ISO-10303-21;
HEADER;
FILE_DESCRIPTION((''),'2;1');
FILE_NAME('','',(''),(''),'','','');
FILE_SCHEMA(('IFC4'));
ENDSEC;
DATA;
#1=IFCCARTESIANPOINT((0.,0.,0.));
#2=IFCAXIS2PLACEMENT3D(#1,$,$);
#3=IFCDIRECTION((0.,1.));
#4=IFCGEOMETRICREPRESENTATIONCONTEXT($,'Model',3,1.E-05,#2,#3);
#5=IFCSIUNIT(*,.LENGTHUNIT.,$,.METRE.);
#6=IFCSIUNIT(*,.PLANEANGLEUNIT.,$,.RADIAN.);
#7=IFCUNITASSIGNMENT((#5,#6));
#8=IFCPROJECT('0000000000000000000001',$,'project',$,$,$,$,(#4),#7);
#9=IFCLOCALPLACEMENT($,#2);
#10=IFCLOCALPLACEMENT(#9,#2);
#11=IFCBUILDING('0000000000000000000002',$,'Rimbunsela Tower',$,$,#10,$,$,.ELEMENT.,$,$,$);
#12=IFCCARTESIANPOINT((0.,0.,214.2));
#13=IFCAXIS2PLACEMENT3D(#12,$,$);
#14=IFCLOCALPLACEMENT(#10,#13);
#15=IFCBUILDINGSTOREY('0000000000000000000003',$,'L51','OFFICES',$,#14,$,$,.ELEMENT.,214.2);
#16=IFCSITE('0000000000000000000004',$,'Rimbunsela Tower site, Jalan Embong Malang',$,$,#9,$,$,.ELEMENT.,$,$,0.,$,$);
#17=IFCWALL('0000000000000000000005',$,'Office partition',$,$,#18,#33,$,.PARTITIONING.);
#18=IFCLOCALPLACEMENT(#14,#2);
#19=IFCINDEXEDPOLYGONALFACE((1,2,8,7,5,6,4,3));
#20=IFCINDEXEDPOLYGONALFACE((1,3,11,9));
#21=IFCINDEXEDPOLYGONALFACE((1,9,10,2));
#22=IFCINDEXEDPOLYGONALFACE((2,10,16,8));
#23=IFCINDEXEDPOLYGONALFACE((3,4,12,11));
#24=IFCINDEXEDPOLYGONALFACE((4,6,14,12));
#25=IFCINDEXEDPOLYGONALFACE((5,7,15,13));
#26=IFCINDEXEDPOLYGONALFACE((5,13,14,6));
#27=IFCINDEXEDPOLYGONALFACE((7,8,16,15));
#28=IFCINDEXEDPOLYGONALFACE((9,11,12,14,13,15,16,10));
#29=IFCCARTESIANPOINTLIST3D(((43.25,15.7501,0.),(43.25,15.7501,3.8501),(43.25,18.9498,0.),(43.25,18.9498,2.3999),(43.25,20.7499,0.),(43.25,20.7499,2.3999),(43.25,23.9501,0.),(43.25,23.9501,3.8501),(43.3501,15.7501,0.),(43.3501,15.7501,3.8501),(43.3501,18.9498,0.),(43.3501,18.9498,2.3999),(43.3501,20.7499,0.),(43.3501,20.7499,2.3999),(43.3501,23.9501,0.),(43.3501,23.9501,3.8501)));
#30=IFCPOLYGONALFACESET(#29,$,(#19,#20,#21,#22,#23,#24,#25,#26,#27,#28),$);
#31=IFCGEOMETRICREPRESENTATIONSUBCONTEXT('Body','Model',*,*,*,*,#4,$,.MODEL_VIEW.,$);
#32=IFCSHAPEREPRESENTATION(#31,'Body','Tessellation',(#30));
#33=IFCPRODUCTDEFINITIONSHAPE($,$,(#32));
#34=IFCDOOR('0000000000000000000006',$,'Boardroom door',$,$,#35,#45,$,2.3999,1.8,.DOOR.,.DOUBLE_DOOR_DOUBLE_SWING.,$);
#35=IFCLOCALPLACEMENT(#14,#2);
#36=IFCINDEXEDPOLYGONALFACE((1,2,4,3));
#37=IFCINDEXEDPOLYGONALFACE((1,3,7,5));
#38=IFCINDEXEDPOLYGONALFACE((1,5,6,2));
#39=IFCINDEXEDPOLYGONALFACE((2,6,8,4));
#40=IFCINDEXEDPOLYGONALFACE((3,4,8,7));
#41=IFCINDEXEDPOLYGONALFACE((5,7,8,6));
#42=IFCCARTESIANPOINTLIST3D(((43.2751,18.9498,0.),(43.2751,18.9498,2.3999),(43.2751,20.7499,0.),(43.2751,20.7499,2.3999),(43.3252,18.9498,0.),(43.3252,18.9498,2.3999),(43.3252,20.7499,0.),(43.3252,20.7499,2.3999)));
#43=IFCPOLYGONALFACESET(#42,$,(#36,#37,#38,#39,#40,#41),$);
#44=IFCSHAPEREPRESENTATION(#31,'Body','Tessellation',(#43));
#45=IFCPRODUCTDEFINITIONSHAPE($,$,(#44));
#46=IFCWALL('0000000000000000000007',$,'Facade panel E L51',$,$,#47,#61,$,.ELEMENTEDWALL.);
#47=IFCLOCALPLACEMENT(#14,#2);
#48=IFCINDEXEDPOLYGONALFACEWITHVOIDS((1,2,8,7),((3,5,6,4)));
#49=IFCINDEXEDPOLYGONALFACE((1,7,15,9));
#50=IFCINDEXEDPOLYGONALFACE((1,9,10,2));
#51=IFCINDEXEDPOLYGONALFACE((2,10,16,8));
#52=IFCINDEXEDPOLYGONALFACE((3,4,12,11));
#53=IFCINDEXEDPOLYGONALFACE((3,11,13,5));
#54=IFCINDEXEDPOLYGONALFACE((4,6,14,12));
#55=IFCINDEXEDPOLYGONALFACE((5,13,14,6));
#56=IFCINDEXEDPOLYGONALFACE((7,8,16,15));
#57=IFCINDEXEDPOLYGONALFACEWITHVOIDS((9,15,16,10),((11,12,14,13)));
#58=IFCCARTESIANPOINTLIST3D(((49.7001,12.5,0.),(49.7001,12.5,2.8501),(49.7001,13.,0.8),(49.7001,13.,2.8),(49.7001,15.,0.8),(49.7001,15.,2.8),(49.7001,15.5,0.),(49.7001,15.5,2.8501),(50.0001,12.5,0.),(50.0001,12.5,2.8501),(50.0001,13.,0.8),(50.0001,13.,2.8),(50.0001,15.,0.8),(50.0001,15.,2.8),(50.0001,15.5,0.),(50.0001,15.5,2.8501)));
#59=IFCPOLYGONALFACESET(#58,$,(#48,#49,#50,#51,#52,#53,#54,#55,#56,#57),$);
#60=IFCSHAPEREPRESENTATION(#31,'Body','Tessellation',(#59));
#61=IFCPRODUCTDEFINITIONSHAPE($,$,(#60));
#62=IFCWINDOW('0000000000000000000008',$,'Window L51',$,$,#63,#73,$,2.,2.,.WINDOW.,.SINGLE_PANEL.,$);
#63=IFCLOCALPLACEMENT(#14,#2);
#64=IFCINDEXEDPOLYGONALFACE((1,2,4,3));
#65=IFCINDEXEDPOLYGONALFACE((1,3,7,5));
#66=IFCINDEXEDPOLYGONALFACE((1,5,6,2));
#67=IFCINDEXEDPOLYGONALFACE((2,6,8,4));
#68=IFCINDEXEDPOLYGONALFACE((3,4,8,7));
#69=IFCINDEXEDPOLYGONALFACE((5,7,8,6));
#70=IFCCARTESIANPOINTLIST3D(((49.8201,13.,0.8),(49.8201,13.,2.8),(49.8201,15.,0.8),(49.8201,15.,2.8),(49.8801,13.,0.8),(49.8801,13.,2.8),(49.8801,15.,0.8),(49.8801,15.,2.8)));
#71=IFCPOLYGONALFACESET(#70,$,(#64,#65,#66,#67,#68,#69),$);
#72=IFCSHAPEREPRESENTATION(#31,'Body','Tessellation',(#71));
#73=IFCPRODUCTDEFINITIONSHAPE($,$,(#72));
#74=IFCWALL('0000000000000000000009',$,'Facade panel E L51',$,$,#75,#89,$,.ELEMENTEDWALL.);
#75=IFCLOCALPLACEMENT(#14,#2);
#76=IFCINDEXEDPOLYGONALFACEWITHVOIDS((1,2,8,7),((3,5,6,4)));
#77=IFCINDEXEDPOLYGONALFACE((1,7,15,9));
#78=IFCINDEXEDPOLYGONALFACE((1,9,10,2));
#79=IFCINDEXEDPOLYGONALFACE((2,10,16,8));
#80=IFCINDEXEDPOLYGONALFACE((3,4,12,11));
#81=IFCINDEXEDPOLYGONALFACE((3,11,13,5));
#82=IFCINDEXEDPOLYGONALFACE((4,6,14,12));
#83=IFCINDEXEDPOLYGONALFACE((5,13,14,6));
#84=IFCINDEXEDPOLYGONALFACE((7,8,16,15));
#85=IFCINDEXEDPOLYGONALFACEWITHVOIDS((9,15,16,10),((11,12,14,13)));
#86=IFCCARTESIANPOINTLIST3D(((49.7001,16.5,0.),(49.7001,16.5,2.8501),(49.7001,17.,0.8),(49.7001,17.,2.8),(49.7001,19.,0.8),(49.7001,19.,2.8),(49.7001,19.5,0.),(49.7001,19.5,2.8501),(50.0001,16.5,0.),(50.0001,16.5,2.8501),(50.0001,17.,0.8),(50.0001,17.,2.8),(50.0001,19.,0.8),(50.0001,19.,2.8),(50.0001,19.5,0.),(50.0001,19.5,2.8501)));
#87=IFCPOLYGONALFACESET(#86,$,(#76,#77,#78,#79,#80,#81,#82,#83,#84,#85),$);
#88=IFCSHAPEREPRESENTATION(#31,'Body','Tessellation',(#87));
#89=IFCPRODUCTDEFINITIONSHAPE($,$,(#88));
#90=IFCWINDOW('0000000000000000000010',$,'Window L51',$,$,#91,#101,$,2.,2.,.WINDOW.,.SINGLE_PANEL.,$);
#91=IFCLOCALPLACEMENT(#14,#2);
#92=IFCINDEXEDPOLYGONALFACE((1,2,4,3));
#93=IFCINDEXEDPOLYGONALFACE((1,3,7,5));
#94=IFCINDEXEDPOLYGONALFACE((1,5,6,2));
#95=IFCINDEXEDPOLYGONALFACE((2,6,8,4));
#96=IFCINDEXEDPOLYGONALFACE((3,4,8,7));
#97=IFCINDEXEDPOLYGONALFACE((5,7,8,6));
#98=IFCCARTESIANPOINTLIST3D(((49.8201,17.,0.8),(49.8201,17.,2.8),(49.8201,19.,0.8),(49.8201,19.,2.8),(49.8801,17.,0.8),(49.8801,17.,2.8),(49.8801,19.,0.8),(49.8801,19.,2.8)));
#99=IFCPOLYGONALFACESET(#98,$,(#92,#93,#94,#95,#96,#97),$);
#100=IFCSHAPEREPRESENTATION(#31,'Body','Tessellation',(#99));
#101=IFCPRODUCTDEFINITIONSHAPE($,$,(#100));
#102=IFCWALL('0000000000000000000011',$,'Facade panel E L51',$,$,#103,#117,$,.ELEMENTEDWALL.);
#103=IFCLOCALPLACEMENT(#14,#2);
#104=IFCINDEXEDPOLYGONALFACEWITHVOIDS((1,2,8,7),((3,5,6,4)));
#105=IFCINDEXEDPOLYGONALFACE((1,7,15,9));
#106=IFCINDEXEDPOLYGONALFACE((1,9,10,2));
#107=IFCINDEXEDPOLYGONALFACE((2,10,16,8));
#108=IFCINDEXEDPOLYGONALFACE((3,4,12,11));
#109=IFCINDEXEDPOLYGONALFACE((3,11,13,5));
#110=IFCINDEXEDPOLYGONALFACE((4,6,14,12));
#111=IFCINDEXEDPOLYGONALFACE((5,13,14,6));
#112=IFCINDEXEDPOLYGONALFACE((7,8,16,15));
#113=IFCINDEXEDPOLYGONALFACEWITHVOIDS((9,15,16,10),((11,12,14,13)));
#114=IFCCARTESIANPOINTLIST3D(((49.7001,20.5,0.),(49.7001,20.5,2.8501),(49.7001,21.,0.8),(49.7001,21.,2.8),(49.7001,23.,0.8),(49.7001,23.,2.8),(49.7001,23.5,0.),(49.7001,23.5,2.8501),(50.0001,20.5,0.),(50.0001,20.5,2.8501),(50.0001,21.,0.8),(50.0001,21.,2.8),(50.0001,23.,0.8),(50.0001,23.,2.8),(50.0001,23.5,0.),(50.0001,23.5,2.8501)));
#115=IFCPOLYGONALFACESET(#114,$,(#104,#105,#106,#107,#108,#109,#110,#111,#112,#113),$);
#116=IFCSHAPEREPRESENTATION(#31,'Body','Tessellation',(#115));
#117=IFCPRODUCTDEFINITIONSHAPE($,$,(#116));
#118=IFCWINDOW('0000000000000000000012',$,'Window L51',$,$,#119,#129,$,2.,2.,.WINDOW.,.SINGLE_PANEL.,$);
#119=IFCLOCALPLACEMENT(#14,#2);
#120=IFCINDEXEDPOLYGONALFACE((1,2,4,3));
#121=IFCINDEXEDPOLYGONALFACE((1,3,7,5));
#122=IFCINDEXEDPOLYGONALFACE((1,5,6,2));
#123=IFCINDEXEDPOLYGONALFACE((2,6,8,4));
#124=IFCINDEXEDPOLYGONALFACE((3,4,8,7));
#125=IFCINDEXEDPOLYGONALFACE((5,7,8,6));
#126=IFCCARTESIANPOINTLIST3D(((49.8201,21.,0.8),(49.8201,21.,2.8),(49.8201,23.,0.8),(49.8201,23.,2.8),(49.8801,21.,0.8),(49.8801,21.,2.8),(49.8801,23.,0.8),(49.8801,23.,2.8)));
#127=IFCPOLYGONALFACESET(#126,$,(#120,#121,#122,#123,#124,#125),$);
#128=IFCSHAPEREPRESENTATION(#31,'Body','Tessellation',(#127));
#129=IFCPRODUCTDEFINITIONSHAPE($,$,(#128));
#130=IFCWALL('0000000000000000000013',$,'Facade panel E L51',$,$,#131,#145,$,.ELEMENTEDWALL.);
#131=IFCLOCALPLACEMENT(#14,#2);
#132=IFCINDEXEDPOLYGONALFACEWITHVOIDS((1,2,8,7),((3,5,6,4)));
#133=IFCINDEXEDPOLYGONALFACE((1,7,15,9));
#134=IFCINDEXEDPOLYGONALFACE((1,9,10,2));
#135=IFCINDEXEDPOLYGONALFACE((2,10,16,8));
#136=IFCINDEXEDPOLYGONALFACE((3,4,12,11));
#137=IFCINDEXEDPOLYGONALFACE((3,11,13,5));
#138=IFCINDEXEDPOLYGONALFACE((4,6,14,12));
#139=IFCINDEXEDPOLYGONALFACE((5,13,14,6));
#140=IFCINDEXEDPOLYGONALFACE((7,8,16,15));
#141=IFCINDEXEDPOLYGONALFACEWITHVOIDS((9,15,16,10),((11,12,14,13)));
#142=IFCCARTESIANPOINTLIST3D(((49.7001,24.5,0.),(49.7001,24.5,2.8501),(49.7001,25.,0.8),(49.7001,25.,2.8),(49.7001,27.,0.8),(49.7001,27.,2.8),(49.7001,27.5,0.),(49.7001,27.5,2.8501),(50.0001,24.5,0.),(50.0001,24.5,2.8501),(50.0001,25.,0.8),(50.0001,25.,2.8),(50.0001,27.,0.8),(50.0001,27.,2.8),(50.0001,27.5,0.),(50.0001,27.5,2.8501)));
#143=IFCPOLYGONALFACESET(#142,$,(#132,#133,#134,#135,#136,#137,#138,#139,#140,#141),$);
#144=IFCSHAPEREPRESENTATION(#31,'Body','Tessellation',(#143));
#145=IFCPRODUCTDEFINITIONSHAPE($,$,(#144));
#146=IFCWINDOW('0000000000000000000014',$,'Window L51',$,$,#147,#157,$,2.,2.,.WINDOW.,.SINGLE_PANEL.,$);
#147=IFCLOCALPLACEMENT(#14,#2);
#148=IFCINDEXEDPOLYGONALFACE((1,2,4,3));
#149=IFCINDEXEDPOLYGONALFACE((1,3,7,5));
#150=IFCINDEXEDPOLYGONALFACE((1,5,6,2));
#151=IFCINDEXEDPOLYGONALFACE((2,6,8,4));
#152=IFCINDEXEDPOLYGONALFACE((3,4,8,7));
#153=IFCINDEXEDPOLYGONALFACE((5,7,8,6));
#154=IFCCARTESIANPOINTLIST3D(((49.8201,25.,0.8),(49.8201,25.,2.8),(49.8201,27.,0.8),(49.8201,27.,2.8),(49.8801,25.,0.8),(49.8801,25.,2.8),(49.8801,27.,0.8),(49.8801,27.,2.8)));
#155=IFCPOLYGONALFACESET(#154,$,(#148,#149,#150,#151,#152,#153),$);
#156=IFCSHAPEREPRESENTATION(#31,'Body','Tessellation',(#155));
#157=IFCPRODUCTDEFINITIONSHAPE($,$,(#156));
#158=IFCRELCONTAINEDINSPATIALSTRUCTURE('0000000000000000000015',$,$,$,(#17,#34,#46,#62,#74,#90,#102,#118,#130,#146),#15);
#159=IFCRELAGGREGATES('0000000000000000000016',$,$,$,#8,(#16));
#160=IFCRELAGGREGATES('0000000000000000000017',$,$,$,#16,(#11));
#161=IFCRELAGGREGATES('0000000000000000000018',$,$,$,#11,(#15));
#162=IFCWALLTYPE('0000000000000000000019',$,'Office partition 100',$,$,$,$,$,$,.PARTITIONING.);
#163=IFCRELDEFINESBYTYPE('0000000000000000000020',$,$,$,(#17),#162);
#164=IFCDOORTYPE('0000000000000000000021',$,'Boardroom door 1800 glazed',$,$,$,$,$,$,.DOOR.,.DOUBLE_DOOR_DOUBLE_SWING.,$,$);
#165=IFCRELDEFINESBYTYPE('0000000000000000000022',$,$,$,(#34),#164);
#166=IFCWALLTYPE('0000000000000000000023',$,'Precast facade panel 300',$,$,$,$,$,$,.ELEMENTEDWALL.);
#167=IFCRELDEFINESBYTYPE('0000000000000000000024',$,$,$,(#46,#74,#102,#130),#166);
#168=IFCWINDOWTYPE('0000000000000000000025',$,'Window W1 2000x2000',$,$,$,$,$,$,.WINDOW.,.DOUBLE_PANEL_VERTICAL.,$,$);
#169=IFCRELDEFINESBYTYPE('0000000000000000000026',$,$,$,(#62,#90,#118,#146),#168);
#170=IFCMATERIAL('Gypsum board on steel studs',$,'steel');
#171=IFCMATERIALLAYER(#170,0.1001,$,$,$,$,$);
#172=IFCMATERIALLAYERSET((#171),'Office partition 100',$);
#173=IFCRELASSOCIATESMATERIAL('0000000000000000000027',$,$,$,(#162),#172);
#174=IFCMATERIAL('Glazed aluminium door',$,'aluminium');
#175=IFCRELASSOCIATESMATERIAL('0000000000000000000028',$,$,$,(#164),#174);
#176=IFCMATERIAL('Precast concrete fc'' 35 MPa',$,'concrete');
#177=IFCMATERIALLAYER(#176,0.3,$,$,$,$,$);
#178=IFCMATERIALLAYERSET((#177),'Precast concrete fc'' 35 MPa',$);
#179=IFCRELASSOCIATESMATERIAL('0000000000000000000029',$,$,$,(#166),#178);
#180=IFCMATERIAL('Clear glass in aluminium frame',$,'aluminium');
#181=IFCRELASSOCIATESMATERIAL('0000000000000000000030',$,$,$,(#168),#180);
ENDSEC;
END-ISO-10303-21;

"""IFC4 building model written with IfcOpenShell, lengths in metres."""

from ifc_helpers import new_model, si_unit, direction, frame, frame_2d, origin, place, context, subcontext, project, spatial, rectangle, extrude, material, layer, layer_set, type_object, element, fill, save


model = new_model("IFC4")

# Units and contexts
model_context = context("Model", 3, precision=1e-05, world=origin(), true_north=direction((0.0, 1.0)))
body_context = subcontext(model_context, "Body", "Model", "MODEL_VIEW")
ifc_project = project(units=[si_unit("LENGTHUNIT", "METRE"), si_unit("PLANEANGLEUNIT", "RADIAN")], contexts=[model_context])

# Site, building, storey
site_placement = place(None, origin())
site = spatial("IfcSite", under=ifc_project, at=site_placement, Name="Rimbunsela Tower site, Jalan Embong Malang", CompositionType="ELEMENT", RefElevation=0.0)
building_placement = place(site_placement, origin())
building = spatial("IfcBuilding", under=site, at=building_placement, Name="Rimbunsela Tower", CompositionType="ELEMENT")
storey_placement = place(building_placement, frame((0.0, 0.0, 214.2)))
storey = spatial("IfcBuildingStorey", under=building, at=storey_placement, Name="L51", Description="OFFICES", CompositionType="ELEMENT", Elevation=214.2)

# Shared definitions
ifc_material_1 = material(Name="Gypsum board on steel studs", Category="steel")
ifc_layer_1 = layer(ifc_material_1, 0.1001)
ifc_layer_set_1 = layer_set([ifc_layer_1], Name="Office partition 100")
wall_type_1 = type_object("IfcWallType", Name="Office partition 100", PredefinedType="PARTITIONING", material=ifc_layer_set_1)

# Wall, opening, door
wall_1_placement = place(storey_placement, frame((43.3, 15.75, 0.0), z_axis=(0.0, 0.0, 1.0), x_axis=(0.0, 1.0, 0.0)))
wall_1 = element("IfcWall", 1, at=wall_1_placement, inside=storey, type_object=wall_type_1, Name="Office partition", PredefinedType="PARTITIONING", context=body_context, shape_type="SweptSolid", body=[
    extrude(rectangle(XDim=8.2, YDim=0.1001, at=frame_2d((4.1001, 0.0))), origin(), (0.0, 0.0, 1.0), 3.8501),
])
opening_1_placement = place(wall_1_placement, frame((3.2, 0.0, 0.0)))
opening_1 = element("IfcOpeningElement", 2, at=opening_1_placement, cuts=wall_1, PredefinedType="OPENING", context=body_context, shape_type="SweptSolid", body=[
    extrude(rectangle(XDim=1.8, YDim=2.3999, at=frame_2d((0.8999, 1.2))), frame((0.0, 0.0601, 0.0), z_axis=(0.0, -1.0, 0.0), x_axis=(1.0, 0.0, 0.0)), (0.0, 0.0, 1.0), 0.1201),
])
ifc_material_2 = material(Name="Glazed aluminium door", Category="aluminium")
door_type_1 = type_object("IfcDoorType", Name="Boardroom door 1800 glazed", OperationType="DOUBLE_DOOR_DOUBLE_SWING", PredefinedType="DOOR", material=ifc_material_2)
door_1_placement = place(opening_1_placement, origin())
door_1 = element("IfcDoor", 3, at=door_1_placement, inside=storey, type_object=door_type_1, Name="Boardroom door", OperationType="DOUBLE_DOOR_DOUBLE_SWING", OverallHeight=2.3999, OverallWidth=1.8, PredefinedType="DOOR", context=body_context, shape_type="SweptSolid", body=[
    extrude(rectangle(XDim=1.8, YDim=2.3999, at=frame_2d((0.8999, 1.2))), frame((0.0, 0.0249, 0.0), z_axis=(0.0, -1.0, 0.0), x_axis=(1.0, 0.0, 0.0)), (0.0, 0.0, 1.0), 0.05),
])
fill(opening_1, door_1)

# Walls, openings, windows
ifc_material_3 = material(Name="Precast concrete fc' 35 MPa", Category="concrete")
ifc_layer_2 = layer(ifc_material_3, 0.3)
ifc_layer_set_2 = layer_set([ifc_layer_2], Name="Precast concrete fc' 35 MPa")
wall_type_2 = type_object("IfcWallType", Name="Precast facade panel 300", PredefinedType="ELEMENTEDWALL", material=ifc_layer_set_2)
wall_2_placement = place(storey_placement, frame((49.8501, 12.5, 0.0), z_axis=(0.0, 0.0, 1.0), x_axis=(0.0, 1.0, 0.0)))
wall_2 = element("IfcWall", 4, at=wall_2_placement, inside=storey, type_object=wall_type_2, Name="Facade panel E L51", PredefinedType="ELEMENTEDWALL", context=body_context, shape_type="SweptSolid", body=[
    extrude(rectangle(XDim=3.0, YDim=0.3, at=frame_2d((1.5, 0.0))), origin(), (0.0, 0.0, 1.0), 2.8501),
])
opening_2_placement = place(wall_2_placement, frame((0.5, 0.0, 0.8)))
opening_2 = element("IfcOpeningElement", 5, at=opening_2_placement, cuts=wall_2, PredefinedType="OPENING", context=body_context, shape_type="SweptSolid", body=[
    extrude(rectangle(XDim=2.0, YDim=2.0, at=frame_2d((1.0, 1.0))), frame((0.0, 0.1599, 0.0), z_axis=(0.0, -1.0, 0.0), x_axis=(1.0, 0.0, 0.0)), (0.0, 0.0, 1.0), 0.3201),
])
ifc_material_4 = material(Name="Clear glass in aluminium frame", Category="aluminium")
window_type = type_object("IfcWindowType", Name="Window W1 2000x2000", PartitioningType="DOUBLE_PANEL_VERTICAL", PredefinedType="WINDOW", material=ifc_material_4)
window_1_placement = place(opening_2_placement, origin())
window_1 = element("IfcWindow", 6, at=window_1_placement, inside=storey, type_object=window_type, Name="Window L51", OverallHeight=2.0, OverallWidth=2.0, PartitioningType="SINGLE_PANEL", PredefinedType="WINDOW", context=body_context, shape_type="SweptSolid", body=[
    extrude(rectangle(XDim=2.0, YDim=2.0, at=frame_2d((1.0, 1.0))), frame((0.0, 0.03, 0.0), z_axis=(0.0, -1.0, 0.0), x_axis=(1.0, 0.0, 0.0)), (0.0, 0.0, 1.0), 0.0601),
])
fill(opening_2, window_1)
wall_3_placement = place(storey_placement, frame((49.8501, 16.5, 0.0), z_axis=(0.0, 0.0, 1.0), x_axis=(0.0, 1.0, 0.0)))
wall_3 = element("IfcWall", 7, at=wall_3_placement, inside=storey, type_object=wall_type_2, Name="Facade panel E L51", PredefinedType="ELEMENTEDWALL", context=body_context, shape_type="SweptSolid", body=[
    extrude(rectangle(XDim=3.0, YDim=0.3, at=frame_2d((1.5, 0.0))), origin(), (0.0, 0.0, 1.0), 2.8501),
])
opening_3_placement = place(wall_3_placement, frame((0.5, 0.0, 0.8)))
opening_3 = element("IfcOpeningElement", 8, at=opening_3_placement, cuts=wall_3, PredefinedType="OPENING", context=body_context, shape_type="SweptSolid", body=[
    extrude(rectangle(XDim=2.0, YDim=2.0, at=frame_2d((1.0, 1.0))), frame((0.0, 0.1599, 0.0), z_axis=(0.0, -1.0, 0.0), x_axis=(1.0, 0.0, 0.0)), (0.0, 0.0, 1.0), 0.3201),
])
window_2_placement = place(opening_3_placement, origin())
window_2 = element("IfcWindow", 9, at=window_2_placement, inside=storey, type_object=window_type, Name="Window L51", OverallHeight=2.0, OverallWidth=2.0, PartitioningType="SINGLE_PANEL", PredefinedType="WINDOW", context=body_context, shape_type="SweptSolid", body=[
    extrude(rectangle(XDim=2.0, YDim=2.0, at=frame_2d((1.0, 1.0))), frame((0.0, 0.03, 0.0), z_axis=(0.0, -1.0, 0.0), x_axis=(1.0, 0.0, 0.0)), (0.0, 0.0, 1.0), 0.0601),
])
fill(opening_3, window_2)
wall_4_placement = place(storey_placement, frame((49.8501, 20.5, 0.0), z_axis=(0.0, 0.0, 1.0), x_axis=(0.0, 1.0, 0.0)))
wall_4 = element("IfcWall", 10, at=wall_4_placement, inside=storey, type_object=wall_type_2, Name="Facade panel E L51", PredefinedType="ELEMENTEDWALL", context=body_context, shape_type="SweptSolid", body=[
    extrude(rectangle(XDim=3.0, YDim=0.3, at=frame_2d((1.5, 0.0))), origin(), (0.0, 0.0, 1.0), 2.8501),
])
opening_4_placement = place(wall_4_placement, frame((0.5, 0.0, 0.8)))
opening_4 = element("IfcOpeningElement", 11, at=opening_4_placement, cuts=wall_4, PredefinedType="OPENING", context=body_context, shape_type="SweptSolid", body=[
    extrude(rectangle(XDim=2.0, YDim=2.0, at=frame_2d((1.0, 1.0))), frame((0.0, 0.1599, 0.0), z_axis=(0.0, -1.0, 0.0), x_axis=(1.0, 0.0, 0.0)), (0.0, 0.0, 1.0), 0.3201),
])
window_3_placement = place(opening_4_placement, origin())
window_3 = element("IfcWindow", 12, at=window_3_placement, inside=storey, type_object=window_type, Name="Window L51", OverallHeight=2.0, OverallWidth=2.0, PartitioningType="SINGLE_PANEL", PredefinedType="WINDOW", context=body_context, shape_type="SweptSolid", body=[
    extrude(rectangle(XDim=2.0, YDim=2.0, at=frame_2d((1.0, 1.0))), frame((0.0, 0.03, 0.0), z_axis=(0.0, -1.0, 0.0), x_axis=(1.0, 0.0, 0.0)), (0.0, 0.0, 1.0), 0.0601),
])
fill(opening_4, window_3)
wall_5_placement = place(storey_placement, frame((49.8501, 24.5, 0.0), z_axis=(0.0, 0.0, 1.0), x_axis=(0.0, 1.0, 0.0)))
wall_5 = element("IfcWall", 13, at=wall_5_placement, inside=storey, type_object=wall_type_2, Name="Facade panel E L51", PredefinedType="ELEMENTEDWALL", context=body_context, shape_type="SweptSolid", body=[
    extrude(rectangle(XDim=3.0, YDim=0.3, at=frame_2d((1.5, 0.0))), origin(), (0.0, 0.0, 1.0), 2.8501),
])
opening_5_placement = place(wall_5_placement, frame((0.5, 0.0, 0.8)))
opening_5 = element("IfcOpeningElement", 14, at=opening_5_placement, cuts=wall_5, PredefinedType="OPENING", context=body_context, shape_type="SweptSolid", body=[
    extrude(rectangle(XDim=2.0, YDim=2.0, at=frame_2d((1.0, 1.0))), frame((0.0, 0.1599, 0.0), z_axis=(0.0, -1.0, 0.0), x_axis=(1.0, 0.0, 0.0)), (0.0, 0.0, 1.0), 0.3201),
])
window_4_placement = place(opening_5_placement, origin())
window_4 = element("IfcWindow", 15, at=window_4_placement, inside=storey, type_object=window_type, Name="Window L51", OverallHeight=2.0, OverallWidth=2.0, PartitioningType="SINGLE_PANEL", PredefinedType="WINDOW", context=body_context, shape_type="SweptSolid", body=[
    extrude(rectangle(XDim=2.0, YDim=2.0, at=frame_2d((1.0, 1.0))), frame((0.0, 0.03, 0.0), z_axis=(0.0, -1.0, 0.0), x_axis=(1.0, 0.0, 0.0)), (0.0, 0.0, 1.0), 0.0601),
])
fill(opening_5, window_4)

save(model, "model.ifc")
